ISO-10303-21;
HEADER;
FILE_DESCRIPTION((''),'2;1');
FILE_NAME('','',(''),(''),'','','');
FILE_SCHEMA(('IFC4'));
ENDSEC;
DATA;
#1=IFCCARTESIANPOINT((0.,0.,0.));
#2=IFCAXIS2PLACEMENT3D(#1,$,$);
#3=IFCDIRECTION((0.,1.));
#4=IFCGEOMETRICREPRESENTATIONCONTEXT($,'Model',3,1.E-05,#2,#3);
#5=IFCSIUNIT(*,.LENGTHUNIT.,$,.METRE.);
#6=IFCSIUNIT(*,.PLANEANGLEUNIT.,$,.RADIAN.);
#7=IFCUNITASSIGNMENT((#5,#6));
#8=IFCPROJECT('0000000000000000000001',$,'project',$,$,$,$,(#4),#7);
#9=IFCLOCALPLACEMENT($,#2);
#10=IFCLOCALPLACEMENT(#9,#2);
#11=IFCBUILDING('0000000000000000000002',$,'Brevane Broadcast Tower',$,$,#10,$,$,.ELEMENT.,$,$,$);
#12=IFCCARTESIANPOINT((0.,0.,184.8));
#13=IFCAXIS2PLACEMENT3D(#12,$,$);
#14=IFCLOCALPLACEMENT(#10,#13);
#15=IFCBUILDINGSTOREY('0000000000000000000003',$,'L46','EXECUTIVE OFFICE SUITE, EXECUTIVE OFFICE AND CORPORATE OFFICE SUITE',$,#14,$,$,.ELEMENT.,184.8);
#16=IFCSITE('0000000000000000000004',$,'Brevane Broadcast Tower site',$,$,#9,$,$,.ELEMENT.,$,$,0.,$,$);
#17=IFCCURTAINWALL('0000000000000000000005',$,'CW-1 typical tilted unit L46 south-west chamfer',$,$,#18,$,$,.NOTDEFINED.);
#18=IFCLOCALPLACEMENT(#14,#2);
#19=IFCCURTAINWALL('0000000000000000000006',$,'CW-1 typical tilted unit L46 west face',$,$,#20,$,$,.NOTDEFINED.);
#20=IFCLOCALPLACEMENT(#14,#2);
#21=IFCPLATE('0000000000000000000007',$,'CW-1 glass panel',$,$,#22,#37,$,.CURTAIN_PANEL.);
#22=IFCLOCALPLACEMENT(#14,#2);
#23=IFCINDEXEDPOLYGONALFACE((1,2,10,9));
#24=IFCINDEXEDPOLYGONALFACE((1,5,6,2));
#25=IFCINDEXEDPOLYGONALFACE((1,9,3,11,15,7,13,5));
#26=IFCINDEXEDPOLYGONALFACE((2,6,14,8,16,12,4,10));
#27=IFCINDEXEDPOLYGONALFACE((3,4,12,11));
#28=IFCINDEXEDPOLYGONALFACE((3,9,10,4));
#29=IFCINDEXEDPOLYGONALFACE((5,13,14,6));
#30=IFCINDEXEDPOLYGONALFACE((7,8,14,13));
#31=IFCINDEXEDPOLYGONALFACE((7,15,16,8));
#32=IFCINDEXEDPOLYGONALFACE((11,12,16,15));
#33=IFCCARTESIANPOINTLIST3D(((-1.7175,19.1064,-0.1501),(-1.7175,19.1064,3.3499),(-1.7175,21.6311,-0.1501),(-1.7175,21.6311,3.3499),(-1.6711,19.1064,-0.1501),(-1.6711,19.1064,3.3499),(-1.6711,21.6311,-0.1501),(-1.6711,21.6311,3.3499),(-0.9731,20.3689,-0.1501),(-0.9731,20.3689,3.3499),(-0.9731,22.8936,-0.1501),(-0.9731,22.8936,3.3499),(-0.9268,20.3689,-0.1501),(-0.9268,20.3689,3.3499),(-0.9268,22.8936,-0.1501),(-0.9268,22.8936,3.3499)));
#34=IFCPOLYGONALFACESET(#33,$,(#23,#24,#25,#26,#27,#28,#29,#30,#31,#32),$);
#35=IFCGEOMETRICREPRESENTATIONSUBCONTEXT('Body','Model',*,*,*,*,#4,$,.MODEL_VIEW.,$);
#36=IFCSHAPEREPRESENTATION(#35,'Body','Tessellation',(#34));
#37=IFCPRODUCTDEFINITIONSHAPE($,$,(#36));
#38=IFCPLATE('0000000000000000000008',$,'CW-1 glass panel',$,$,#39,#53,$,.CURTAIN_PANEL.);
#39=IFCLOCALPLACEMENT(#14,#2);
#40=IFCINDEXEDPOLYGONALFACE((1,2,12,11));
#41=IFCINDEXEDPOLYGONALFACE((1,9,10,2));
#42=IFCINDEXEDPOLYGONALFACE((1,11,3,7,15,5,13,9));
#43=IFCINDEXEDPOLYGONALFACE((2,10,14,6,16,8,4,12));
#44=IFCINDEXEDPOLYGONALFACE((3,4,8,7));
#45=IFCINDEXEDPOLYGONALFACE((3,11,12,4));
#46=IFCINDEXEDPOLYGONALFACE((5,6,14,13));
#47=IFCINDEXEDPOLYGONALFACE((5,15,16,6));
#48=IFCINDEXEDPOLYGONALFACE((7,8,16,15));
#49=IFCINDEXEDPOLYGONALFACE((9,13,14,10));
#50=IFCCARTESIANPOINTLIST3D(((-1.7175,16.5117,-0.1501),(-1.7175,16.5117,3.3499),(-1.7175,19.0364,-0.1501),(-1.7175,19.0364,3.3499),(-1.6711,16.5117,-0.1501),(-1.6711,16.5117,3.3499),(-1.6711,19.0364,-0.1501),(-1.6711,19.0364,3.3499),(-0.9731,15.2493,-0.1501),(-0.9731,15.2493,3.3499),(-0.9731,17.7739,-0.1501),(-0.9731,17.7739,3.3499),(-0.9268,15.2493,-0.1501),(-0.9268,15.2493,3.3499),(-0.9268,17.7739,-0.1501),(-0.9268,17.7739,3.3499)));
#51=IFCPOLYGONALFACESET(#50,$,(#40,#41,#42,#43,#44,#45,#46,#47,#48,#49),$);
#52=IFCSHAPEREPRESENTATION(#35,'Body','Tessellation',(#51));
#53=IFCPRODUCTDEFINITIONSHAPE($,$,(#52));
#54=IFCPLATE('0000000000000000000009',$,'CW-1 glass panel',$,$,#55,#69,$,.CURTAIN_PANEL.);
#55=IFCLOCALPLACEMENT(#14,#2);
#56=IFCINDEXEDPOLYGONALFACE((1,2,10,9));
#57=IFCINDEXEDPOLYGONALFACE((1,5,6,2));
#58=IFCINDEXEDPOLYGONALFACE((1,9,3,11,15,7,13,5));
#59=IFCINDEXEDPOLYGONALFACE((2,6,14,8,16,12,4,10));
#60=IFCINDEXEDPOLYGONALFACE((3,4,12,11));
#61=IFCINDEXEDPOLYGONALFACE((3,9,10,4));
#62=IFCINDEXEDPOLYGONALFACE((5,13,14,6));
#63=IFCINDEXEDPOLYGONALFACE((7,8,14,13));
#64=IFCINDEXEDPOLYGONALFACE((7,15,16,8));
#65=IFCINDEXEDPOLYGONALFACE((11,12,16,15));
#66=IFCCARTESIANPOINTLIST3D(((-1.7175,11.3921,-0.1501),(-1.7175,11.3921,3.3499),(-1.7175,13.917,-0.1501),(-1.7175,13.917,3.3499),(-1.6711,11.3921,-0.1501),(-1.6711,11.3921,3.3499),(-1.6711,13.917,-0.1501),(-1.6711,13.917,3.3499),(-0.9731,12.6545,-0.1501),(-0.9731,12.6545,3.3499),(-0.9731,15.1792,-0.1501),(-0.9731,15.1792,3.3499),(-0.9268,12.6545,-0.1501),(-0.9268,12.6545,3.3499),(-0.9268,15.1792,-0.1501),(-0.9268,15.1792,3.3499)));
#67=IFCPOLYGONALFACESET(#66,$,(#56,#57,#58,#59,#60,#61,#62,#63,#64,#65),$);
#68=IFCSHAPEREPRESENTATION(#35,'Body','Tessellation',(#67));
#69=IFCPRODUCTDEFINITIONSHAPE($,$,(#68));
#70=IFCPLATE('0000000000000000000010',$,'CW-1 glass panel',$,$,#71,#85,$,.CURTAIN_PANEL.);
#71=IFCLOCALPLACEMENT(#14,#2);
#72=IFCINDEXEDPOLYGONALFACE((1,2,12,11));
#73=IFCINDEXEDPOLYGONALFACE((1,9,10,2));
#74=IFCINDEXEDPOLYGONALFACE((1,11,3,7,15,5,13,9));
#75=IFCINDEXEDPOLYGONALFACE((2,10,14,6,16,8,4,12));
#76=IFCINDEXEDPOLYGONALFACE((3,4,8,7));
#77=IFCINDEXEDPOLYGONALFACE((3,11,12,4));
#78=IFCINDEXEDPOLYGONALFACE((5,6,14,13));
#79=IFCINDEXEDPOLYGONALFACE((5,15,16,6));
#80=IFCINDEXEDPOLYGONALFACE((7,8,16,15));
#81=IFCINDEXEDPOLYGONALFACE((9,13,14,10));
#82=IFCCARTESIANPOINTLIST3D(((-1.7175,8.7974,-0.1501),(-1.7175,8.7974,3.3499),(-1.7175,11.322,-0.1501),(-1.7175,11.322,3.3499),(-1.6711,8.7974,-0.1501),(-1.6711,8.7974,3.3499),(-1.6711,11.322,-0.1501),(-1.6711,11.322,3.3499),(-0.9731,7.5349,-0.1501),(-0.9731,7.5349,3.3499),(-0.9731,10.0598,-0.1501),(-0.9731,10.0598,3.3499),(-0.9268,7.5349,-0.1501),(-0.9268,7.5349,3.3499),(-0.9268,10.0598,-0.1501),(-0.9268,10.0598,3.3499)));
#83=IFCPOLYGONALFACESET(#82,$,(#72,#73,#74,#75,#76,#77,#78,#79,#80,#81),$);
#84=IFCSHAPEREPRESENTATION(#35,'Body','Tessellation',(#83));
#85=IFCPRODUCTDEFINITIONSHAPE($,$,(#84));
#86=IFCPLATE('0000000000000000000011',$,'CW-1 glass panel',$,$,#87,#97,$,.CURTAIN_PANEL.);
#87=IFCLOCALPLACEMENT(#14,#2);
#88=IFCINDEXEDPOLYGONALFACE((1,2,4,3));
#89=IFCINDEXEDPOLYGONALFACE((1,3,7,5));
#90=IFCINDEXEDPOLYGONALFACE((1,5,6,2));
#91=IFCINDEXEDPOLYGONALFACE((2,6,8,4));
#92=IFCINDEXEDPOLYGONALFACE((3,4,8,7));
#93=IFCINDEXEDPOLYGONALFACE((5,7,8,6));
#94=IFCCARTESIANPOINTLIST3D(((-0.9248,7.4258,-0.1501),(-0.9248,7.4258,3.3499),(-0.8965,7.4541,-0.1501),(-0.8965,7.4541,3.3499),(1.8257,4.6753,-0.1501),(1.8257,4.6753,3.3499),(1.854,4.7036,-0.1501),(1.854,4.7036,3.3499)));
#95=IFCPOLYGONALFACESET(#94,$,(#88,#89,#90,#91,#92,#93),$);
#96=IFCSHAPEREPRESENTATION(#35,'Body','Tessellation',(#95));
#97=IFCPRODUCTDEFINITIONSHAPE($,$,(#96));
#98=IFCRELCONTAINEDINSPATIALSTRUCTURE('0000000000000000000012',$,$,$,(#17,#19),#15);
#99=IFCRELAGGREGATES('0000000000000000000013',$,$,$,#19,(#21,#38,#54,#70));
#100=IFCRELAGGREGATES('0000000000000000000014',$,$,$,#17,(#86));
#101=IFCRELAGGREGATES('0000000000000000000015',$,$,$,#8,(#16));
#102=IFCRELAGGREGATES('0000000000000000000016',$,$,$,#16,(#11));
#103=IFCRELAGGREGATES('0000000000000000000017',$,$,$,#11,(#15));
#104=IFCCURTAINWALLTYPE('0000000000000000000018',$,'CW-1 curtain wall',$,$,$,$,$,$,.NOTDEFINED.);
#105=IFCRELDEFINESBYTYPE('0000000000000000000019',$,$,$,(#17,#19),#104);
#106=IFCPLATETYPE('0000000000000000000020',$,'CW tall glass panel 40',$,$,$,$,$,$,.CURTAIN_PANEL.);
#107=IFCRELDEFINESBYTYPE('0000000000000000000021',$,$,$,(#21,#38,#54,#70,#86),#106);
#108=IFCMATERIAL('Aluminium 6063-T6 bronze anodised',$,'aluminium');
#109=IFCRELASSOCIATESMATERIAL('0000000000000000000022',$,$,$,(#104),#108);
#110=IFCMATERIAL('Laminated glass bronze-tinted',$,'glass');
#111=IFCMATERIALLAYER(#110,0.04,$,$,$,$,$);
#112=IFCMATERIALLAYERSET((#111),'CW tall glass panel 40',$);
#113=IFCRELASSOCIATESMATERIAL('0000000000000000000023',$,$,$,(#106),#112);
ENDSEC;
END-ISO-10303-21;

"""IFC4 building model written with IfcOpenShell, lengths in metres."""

from ifc_helpers import new_model, si_unit, direction, frame, origin, place, context, subcontext, project, spatial, polyline, outline, extrude, material, layer, layer_set, type_object, element, aggregate, save


model = new_model("IFC4")

# Units and contexts
model_context = context("Model", 3, precision=1e-05, world=origin(), true_north=direction((0.0, 1.0)))
body_context = subcontext(model_context, "Body", "Model", "MODEL_VIEW")
ifc_project = project(units=[si_unit("LENGTHUNIT", "METRE"), si_unit("PLANEANGLEUNIT", "RADIAN")], contexts=[model_context])

# Site, building, storey
site_placement = place(None, origin())
site = spatial("IfcSite", under=ifc_project, at=site_placement, Name="Brevane Broadcast Tower site", CompositionType="ELEMENT", RefElevation=0.0)
building_placement = place(site_placement, origin())
building = spatial("IfcBuilding", under=site, at=building_placement, Name="Brevane Broadcast Tower", CompositionType="ELEMENT")
storey_placement = place(building_placement, frame((0.0, 0.0, 184.8)))
storey = spatial("IfcBuildingStorey", under=building, at=storey_placement, Name="L46", Description="EXECUTIVE OFFICE SUITE, EXECUTIVE OFFICE AND CORPORATE OFFICE SUITE", CompositionType="ELEMENT", Elevation=184.8)

# Curtain wall
ifc_material_1 = material(Name="Aluminium 6063-T6 bronze anodised", Category="aluminium")
curtain_wall_type = type_object("IfcCurtainWallType", Name="CW-1 curtain wall", PredefinedType="NOTDEFINED", material=ifc_material_1)
curtain_wall_1_placement = place(storey_placement, origin())
curtain_wall_1 = element("IfcCurtainWall", 1, at=curtain_wall_1_placement, inside=storey, type_object=curtain_wall_type, Name="CW-1 typical tilted unit L46 south-west chamfer", PredefinedType="NOTDEFINED")

# Curtain wall, plates
ifc_material_2 = material(Name="Laminated glass bronze-tinted", Category="glass")
ifc_layer = layer(ifc_material_2, 0.04)
ifc_layer_set = layer_set([ifc_layer], Name="CW tall glass panel 40")
plate_type = type_object("IfcPlateType", Name="CW tall glass panel 40", PredefinedType="CURTAIN_PANEL", material=ifc_layer_set)
curtain_wall_2_placement = place(storey_placement, origin())
curtain_wall_2 = element("IfcCurtainWall", 2, at=curtain_wall_2_placement, inside=storey, type_object=curtain_wall_type, Name="CW-1 typical tilted unit L46 west face", PredefinedType="NOTDEFINED")
plate_1_placement = place(storey_placement, frame((0.0, 0.0, -0.1501)))
plate_1 = element("IfcPlate", 3, at=plate_1_placement, type_object=plate_type, Name="CW-1 glass panel", PredefinedType="CURTAIN_PANEL", context=body_context, shape_type="SweptSolid", body=[
    extrude(outline(polyline([(-0.9268, 22.8936), (-0.9731, 22.8936), (-1.7175, 21.6311), (-0.9731, 20.3689), (-1.7175, 19.1064), (-1.6711, 19.1064), (-0.9268, 20.3689), (-1.6711, 21.6311), (-0.9268, 22.8936)])), origin(), (0.0, 0.0, 1.0), 3.5),
])
plate_2_placement = place(storey_placement, frame((0.0, 0.0, -0.1501)))
plate_2 = element("IfcPlate", 4, at=plate_2_placement, type_object=plate_type, Name="CW-1 glass panel", PredefinedType="CURTAIN_PANEL", context=body_context, shape_type="SweptSolid", body=[
    extrude(outline(polyline([(-1.6711, 19.0364), (-1.7175, 19.0364), (-0.9731, 17.7739), (-1.7175, 16.5117), (-0.9731, 15.2493), (-0.9268, 15.2493), (-1.6711, 16.5117), (-0.9268, 17.7739), (-1.6711, 19.0364)])), origin(), (0.0, 0.0, 1.0), 3.5),
])
plate_3_placement = place(storey_placement, frame((0.0, 0.0, -0.1501)))
plate_3 = element("IfcPlate", 5, at=plate_3_placement, type_object=plate_type, Name="CW-1 glass panel", PredefinedType="CURTAIN_PANEL", context=body_context, shape_type="SweptSolid", body=[
    extrude(outline(polyline([(-0.9268, 15.1792), (-0.9731, 15.1792), (-1.7175, 13.917), (-0.9731, 12.6545), (-1.7175, 11.3921), (-1.6711, 11.3921), (-0.9268, 12.6545), (-1.6711, 13.917), (-0.9268, 15.1792)])), origin(), (0.0, 0.0, 1.0), 3.5),
])
plate_4_placement = place(storey_placement, frame((0.0, 0.0, -0.1501)))
plate_4 = element("IfcPlate", 6, at=plate_4_placement, type_object=plate_type, Name="CW-1 glass panel", PredefinedType="CURTAIN_PANEL", context=body_context, shape_type="SweptSolid", body=[
    extrude(outline(polyline([(-1.6711, 11.322), (-1.7175, 11.322), (-0.9731, 10.0598), (-1.7175, 8.7974), (-0.9731, 7.5349), (-0.9268, 7.5349), (-1.6711, 8.7974), (-0.9268, 10.0598), (-1.6711, 11.322)])), origin(), (0.0, 0.0, 1.0), 3.5),
])
aggregate(curtain_wall_2, [plate_1, plate_2, plate_3, plate_4])

# Plate
plate_5_placement = place(storey_placement, frame((0.0, 0.0, -0.1501)))
plate_5 = element("IfcPlate", 7, at=plate_5_placement, type_object=plate_type, Name="CW-1 glass panel", PredefinedType="CURTAIN_PANEL", context=body_context, shape_type="SweptSolid", body=[
    extrude(outline(polyline([(-0.8965, 7.4541), (1.854, 4.7036), (1.8257, 4.6753), (-0.9248, 7.4258), (-0.8965, 7.4541)])), origin(), (0.0, 0.0, 1.0), 3.5),
])
aggregate(curtain_wall_1, [plate_5])

save(model, "model.ifc")
